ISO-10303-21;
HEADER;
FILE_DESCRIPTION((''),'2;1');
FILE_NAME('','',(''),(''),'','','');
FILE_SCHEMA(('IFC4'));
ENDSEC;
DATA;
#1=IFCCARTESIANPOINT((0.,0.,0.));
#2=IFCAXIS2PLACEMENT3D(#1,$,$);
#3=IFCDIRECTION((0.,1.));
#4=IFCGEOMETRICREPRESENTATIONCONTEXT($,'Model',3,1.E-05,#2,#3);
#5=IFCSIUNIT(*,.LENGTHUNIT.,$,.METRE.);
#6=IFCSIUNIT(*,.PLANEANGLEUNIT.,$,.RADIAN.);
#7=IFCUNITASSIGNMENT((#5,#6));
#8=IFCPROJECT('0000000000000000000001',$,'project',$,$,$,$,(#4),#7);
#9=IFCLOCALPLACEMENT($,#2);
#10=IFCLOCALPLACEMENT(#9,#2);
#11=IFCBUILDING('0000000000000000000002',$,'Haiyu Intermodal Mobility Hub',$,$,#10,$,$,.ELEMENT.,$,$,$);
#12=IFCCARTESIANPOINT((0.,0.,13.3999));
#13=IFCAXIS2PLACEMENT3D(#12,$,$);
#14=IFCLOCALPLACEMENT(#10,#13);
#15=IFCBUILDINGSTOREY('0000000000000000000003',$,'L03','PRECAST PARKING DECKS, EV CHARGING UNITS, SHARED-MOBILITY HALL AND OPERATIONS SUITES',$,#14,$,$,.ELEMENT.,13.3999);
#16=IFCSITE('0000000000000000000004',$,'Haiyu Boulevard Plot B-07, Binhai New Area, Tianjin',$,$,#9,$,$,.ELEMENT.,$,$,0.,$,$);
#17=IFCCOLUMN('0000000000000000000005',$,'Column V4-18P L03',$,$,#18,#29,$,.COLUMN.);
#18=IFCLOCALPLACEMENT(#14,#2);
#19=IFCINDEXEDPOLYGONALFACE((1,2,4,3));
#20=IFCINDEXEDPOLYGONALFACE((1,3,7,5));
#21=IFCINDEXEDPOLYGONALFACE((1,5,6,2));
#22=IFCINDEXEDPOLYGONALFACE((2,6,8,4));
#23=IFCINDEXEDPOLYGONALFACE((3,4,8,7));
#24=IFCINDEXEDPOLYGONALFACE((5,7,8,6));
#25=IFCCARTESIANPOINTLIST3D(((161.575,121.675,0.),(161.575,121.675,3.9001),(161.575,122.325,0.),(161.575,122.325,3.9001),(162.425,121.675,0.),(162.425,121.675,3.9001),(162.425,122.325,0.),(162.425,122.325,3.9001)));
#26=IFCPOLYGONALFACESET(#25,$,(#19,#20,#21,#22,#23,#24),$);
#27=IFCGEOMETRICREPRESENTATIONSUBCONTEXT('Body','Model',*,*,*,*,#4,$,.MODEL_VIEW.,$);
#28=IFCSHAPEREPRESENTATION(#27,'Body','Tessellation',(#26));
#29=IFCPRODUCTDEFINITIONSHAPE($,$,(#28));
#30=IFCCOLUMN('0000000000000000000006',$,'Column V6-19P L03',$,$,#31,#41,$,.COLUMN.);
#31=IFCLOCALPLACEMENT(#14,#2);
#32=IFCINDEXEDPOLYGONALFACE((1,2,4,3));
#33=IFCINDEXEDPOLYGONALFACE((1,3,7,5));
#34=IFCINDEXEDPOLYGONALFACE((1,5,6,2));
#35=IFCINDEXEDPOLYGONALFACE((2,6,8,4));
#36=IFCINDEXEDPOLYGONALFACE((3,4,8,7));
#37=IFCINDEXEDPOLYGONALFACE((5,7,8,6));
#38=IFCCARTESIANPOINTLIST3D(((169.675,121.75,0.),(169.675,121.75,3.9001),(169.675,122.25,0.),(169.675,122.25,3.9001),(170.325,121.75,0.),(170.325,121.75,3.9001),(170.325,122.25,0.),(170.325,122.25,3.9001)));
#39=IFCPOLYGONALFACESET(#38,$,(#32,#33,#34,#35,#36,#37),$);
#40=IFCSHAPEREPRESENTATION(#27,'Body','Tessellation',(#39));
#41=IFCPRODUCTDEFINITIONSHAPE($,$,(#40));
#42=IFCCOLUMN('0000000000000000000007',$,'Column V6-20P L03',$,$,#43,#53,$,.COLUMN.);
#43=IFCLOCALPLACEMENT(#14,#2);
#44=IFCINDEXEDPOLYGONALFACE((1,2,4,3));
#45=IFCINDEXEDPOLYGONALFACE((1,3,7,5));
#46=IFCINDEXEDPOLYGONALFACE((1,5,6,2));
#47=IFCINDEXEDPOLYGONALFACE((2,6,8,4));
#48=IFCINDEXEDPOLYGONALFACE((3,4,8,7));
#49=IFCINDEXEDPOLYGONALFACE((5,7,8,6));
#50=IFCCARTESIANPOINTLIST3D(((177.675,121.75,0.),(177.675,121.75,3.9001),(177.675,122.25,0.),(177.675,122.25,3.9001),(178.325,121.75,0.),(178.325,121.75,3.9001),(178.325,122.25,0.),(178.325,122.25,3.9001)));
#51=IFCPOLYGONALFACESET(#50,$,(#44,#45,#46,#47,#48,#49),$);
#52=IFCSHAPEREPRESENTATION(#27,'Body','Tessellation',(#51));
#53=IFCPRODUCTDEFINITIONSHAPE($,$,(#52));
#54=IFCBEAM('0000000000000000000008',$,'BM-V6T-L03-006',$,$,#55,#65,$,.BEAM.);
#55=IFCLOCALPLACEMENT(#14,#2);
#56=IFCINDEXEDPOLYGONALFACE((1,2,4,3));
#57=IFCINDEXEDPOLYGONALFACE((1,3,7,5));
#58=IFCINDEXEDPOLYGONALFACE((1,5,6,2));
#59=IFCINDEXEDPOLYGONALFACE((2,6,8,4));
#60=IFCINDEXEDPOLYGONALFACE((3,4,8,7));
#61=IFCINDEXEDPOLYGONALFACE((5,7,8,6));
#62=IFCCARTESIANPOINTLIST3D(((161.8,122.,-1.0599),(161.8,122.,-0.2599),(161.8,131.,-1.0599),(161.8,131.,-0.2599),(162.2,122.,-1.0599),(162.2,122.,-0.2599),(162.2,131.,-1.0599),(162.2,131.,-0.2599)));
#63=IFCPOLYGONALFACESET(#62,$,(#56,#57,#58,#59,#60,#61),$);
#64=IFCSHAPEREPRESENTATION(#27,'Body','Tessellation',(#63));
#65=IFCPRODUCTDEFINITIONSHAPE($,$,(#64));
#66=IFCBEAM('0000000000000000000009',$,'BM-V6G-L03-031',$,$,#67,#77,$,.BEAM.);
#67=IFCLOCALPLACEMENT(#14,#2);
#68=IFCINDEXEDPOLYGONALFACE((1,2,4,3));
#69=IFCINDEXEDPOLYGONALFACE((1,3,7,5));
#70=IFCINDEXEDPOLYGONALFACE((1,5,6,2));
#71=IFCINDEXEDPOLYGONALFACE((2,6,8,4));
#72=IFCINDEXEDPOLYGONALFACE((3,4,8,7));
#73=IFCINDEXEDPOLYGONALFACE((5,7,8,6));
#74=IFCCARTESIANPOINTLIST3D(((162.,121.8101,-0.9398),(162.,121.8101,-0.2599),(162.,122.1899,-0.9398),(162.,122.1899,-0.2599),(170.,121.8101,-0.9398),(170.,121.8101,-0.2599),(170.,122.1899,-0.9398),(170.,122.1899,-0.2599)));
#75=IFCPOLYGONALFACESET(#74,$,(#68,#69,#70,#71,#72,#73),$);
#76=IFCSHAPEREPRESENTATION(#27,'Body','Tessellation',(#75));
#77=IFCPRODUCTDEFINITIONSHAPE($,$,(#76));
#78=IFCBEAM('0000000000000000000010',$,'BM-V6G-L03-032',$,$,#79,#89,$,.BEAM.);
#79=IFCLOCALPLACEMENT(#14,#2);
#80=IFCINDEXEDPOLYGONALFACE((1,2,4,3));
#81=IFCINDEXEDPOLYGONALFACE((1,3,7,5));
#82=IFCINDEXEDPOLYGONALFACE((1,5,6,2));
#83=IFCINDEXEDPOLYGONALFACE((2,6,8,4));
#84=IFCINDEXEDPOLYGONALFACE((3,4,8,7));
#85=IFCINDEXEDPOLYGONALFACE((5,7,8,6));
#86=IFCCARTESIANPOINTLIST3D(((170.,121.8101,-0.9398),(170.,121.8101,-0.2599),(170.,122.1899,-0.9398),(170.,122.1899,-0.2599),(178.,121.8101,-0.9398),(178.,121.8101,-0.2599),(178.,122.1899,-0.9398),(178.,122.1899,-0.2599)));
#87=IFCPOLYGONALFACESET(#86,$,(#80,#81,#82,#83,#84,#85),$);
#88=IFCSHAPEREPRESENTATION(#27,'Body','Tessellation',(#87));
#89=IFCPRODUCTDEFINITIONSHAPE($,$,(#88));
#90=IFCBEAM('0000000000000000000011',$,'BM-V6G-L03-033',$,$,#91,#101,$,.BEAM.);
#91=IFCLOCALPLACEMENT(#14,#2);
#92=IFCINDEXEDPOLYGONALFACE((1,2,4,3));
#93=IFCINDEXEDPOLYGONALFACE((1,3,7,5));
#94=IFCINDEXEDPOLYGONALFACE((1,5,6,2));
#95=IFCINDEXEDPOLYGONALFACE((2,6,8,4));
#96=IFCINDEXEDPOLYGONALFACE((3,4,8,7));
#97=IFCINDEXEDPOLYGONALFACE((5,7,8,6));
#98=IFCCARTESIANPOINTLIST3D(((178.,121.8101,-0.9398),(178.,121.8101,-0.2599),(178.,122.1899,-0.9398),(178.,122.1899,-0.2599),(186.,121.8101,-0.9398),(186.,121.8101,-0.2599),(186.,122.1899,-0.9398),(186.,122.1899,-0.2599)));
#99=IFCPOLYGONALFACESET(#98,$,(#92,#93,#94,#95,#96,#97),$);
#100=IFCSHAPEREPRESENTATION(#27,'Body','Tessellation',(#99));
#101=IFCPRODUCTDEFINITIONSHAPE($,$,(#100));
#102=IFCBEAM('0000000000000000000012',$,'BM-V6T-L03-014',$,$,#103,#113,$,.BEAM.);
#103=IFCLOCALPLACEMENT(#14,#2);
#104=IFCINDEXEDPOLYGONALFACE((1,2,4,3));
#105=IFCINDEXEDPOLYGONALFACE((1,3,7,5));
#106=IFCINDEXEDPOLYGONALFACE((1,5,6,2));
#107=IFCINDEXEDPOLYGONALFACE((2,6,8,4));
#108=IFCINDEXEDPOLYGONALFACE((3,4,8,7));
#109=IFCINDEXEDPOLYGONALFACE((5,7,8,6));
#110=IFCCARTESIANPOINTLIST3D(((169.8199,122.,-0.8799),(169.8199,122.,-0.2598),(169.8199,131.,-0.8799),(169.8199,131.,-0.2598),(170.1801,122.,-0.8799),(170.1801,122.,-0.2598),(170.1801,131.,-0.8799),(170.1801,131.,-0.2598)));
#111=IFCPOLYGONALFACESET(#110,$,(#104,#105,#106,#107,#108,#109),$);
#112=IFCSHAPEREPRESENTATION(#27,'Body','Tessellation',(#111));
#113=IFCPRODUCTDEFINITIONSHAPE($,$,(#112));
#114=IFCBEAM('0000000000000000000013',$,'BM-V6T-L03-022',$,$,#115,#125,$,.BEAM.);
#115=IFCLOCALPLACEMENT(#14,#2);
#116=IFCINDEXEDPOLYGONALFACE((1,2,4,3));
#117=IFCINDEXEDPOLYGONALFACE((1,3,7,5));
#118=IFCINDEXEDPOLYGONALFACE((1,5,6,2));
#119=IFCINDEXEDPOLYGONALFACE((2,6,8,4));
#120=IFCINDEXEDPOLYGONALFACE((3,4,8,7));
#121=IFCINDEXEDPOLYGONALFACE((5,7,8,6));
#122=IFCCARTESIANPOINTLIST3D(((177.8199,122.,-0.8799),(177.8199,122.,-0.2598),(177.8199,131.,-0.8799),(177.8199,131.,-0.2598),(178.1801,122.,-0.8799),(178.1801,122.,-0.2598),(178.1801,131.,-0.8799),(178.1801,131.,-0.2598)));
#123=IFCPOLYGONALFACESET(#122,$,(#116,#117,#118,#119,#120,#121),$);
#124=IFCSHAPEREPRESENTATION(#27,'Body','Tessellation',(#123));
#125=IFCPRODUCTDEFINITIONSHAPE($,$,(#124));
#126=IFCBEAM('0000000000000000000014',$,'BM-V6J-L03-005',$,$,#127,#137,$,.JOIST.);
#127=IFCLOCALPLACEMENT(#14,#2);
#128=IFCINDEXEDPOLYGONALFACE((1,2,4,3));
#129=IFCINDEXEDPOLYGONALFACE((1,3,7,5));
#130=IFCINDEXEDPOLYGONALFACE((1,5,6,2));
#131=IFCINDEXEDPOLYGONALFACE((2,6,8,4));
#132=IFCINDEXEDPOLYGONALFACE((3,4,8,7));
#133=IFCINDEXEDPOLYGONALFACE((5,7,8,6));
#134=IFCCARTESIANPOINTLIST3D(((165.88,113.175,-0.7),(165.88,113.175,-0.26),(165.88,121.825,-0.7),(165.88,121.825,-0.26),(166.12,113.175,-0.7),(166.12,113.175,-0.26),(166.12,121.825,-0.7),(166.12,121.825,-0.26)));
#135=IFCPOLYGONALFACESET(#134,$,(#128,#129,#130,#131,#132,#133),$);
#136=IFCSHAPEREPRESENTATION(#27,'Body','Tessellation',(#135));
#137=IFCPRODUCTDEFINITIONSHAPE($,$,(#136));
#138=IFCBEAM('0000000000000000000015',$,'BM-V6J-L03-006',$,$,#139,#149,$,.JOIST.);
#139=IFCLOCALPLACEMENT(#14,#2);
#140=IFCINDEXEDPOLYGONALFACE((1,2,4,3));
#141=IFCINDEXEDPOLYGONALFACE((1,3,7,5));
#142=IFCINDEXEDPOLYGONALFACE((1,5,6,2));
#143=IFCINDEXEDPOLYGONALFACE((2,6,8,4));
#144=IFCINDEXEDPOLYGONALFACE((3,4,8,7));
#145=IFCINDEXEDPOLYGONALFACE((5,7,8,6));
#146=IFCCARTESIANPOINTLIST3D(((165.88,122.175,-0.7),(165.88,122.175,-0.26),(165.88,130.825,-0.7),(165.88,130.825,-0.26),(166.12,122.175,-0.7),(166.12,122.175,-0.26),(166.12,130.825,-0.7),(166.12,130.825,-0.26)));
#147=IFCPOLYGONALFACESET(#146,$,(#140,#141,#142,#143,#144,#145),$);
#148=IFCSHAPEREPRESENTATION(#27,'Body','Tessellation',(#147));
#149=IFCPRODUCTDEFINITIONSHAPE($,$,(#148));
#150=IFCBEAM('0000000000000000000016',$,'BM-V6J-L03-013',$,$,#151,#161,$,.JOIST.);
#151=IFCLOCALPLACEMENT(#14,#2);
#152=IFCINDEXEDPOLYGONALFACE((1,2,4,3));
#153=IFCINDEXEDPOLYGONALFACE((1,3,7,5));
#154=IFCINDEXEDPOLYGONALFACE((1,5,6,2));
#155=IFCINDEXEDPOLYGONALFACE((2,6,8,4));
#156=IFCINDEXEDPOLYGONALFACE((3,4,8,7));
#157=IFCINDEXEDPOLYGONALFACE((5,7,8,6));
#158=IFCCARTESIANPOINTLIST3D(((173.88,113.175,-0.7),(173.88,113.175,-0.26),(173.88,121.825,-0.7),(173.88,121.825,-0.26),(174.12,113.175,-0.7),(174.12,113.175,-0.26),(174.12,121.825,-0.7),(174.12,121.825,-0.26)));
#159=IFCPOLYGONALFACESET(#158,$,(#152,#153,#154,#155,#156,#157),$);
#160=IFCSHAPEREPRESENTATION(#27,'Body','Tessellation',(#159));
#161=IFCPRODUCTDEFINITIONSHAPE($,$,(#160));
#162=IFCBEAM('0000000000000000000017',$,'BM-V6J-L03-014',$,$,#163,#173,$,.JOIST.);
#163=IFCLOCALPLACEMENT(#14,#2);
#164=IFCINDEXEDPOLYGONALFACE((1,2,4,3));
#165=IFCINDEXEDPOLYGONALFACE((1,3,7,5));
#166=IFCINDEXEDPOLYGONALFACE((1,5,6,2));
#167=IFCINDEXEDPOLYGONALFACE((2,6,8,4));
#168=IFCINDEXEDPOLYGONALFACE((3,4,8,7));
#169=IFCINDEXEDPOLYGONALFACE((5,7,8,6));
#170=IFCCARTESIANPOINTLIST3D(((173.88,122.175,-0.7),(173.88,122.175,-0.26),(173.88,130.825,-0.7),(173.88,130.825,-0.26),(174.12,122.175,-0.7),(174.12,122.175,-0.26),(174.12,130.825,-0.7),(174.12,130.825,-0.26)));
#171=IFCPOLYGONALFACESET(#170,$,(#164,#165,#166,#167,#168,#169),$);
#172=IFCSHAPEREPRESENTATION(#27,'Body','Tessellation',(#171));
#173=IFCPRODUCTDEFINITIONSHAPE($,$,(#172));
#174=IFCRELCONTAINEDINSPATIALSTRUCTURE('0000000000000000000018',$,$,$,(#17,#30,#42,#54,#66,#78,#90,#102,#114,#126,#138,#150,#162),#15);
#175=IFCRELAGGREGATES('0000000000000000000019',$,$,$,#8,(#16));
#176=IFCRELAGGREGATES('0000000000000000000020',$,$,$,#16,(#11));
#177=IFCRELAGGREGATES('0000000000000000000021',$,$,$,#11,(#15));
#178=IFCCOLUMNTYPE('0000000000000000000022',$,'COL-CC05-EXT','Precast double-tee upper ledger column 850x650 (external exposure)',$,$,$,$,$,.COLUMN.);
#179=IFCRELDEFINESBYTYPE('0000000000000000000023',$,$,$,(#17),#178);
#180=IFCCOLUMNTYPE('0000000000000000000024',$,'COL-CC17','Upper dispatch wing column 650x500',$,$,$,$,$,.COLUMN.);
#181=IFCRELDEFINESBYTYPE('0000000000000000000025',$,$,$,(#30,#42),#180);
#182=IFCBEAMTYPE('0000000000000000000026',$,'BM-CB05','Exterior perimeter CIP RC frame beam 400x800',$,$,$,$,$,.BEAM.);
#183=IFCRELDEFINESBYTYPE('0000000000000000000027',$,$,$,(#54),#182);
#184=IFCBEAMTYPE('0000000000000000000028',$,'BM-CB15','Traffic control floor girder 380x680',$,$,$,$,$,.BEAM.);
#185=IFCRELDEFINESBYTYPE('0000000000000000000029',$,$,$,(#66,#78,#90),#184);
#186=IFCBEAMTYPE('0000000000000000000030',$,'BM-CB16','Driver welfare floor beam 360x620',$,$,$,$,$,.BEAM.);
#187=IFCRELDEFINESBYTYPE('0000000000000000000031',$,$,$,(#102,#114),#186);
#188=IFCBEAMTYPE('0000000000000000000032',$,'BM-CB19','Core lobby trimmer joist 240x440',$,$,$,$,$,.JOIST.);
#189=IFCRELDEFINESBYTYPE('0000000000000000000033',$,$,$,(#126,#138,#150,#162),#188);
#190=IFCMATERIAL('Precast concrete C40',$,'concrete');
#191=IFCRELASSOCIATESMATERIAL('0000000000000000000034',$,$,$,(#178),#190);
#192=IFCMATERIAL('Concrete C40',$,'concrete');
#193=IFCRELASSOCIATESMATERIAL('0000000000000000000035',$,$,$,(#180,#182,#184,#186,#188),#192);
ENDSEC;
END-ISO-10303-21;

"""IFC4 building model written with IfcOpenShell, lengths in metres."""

from ifc_helpers import new_model, si_unit, direction, frame, origin, origin_2d, place, context, subcontext, project, spatial, rectangle, extrude, material, material_profile, profile_set, type_object, element, save


model = new_model("IFC4")

# Units and contexts
model_context = context("Model", 3, precision=1e-05, world=origin(), true_north=direction((0.0, 1.0)))
body_context = subcontext(model_context, "Body", "Model", "MODEL_VIEW")
ifc_project = project(units=[si_unit("LENGTHUNIT", "METRE"), si_unit("PLANEANGLEUNIT", "RADIAN")], contexts=[model_context])

# Site, building, storey
site_placement = place(None, origin())
site = spatial("IfcSite", under=ifc_project, at=site_placement, Name="Haiyu Boulevard Plot B-07, Binhai New Area, Tianjin", CompositionType="ELEMENT", RefElevation=0.0)
building_placement = place(site_placement, origin())
building = spatial("IfcBuilding", under=site, at=building_placement, Name="Haiyu Intermodal Mobility Hub", CompositionType="ELEMENT")
storey_placement = place(building_placement, frame((0.0, 0.0, 13.3999)))
storey = spatial("IfcBuildingStorey", under=building, at=storey_placement, Name="L03", Description="PRECAST PARKING DECKS, EV CHARGING UNITS, SHARED-MOBILITY HALL AND OPERATIONS SUITES", CompositionType="ELEMENT", Elevation=13.3999)

# Columns
ifc_material_1 = material(Name="Precast concrete C40", Category="concrete")
ifc_material_profile_1 = material_profile(ifc_material_1, rectangle(XDim=0.8501, YDim=0.6499, at=origin_2d()), Name="RC850x650")
ifc_profile_set_1 = profile_set([ifc_material_profile_1], Name="Precast concrete C40")
column_type_1 = type_object("IfcColumnType", Name="COL-CC05-EXT", Description="Precast double-tee upper ledger column 850x650 (external exposure)", PredefinedType="COLUMN", material=ifc_profile_set_1)
column_placement = place(storey_placement, frame((162.0, 122.0, 0.0), z_axis=(0.0, 0.0, 1.0), x_axis=(1.0, 0.0, 0.0)))
element("IfcColumn", 1, at=column_placement, inside=storey, type_object=column_type_1, Name="Column V4-18P L03", PredefinedType="COLUMN", context=body_context, shape_type="SweptSolid", body=[
    extrude(rectangle(XDim=0.8501, YDim=0.6499, at=origin_2d()), origin(), (0.0, 0.0, 1.0), 3.9001),
])
ifc_material_2 = material(Name="Concrete C40", Category="concrete")
ifc_material_profile_2 = material_profile(ifc_material_2, rectangle(XDim=0.6499, YDim=0.5, at=origin_2d()), Name="C650x500")
ifc_profile_set_2 = profile_set([ifc_material_profile_2], Name="Concrete C40")
column_type_2 = type_object("IfcColumnType", Name="COL-CC17", Description="Upper dispatch wing column 650x500", PredefinedType="COLUMN", material=ifc_profile_set_2)
for number, where, z_axis, x_axis, name in (
    (2, (170.0, 122.0, 0.0), (0.0, 0.0, 1.0), (1.0, 0.0, 0.0), "Column V6-19P L03"),
    (3, (178.0, 122.0, 0.0), (0.0, 0.0, 1.0), (1.0, 0.0, 0.0), "Column V6-20P L03"),
):
    element("IfcColumn", number, at=place(storey_placement, frame(where, z_axis=z_axis, x_axis=x_axis)), inside=storey, type_object=column_type_2, Name=name, PredefinedType="COLUMN", context=body_context, shape_type="SweptSolid", body=[
        extrude(rectangle(XDim=0.6499, YDim=0.5, at=origin_2d()), origin(), (0.0, 0.0, 1.0), 3.9001),
    ])

# Beams
ifc_material_profile_3 = material_profile(ifc_material_2, rectangle(XDim=0.3999, YDim=0.8, at=origin_2d()), Name="RCB400x800")
ifc_profile_set_3 = profile_set([ifc_material_profile_3], Name="Concrete C40")
beam_type_1 = type_object("IfcBeamType", Name="BM-CB05", Description="Exterior perimeter CIP RC frame beam 400x800", PredefinedType="BEAM", material=ifc_profile_set_3)
beam_placement = place(storey_placement, frame((162.0, 122.0, -0.6599), z_axis=(0.0, 1.0, 0.0), x_axis=(-1.0, 0.0, 0.0)))
element("IfcBeam", 4, at=beam_placement, inside=storey, type_object=beam_type_1, Name="BM-V6T-L03-006", PredefinedType="BEAM", context=body_context, shape_type="SweptSolid", body=[
    extrude(rectangle(XDim=0.3999, YDim=0.8, at=origin_2d()), origin(), (0.0, 0.0, 1.0), 9.0),
])
ifc_material_profile_4 = material_profile(ifc_material_2, rectangle(XDim=0.3799, YDim=0.6799, at=origin_2d()), Name="B380x680")
ifc_profile_set_4 = profile_set([ifc_material_profile_4], Name="Concrete C40")
beam_type_2 = type_object("IfcBeamType", Name="BM-CB15", Description="Traffic control floor girder 380x680", PredefinedType="BEAM", material=ifc_profile_set_4)
for number, where, z_axis, x_axis, name in (
    (5, (162.0, 122.0, -0.5999), (1.0, 0.0, 0.0), (0.0, 1.0, 0.0), "BM-V6G-L03-031"),
    (6, (170.0, 122.0, -0.5999), (1.0, 0.0, 0.0), (0.0, 1.0, 0.0), "BM-V6G-L03-032"),
    (7, (178.0, 122.0, -0.5999), (1.0, 0.0, 0.0), (0.0, 1.0, 0.0), "BM-V6G-L03-033"),
):
    element("IfcBeam", number, at=place(storey_placement, frame(where, z_axis=z_axis, x_axis=x_axis)), inside=storey, type_object=beam_type_2, Name=name, PredefinedType="BEAM", context=body_context, shape_type="SweptSolid", body=[
        extrude(rectangle(XDim=0.3799, YDim=0.6799, at=origin_2d()), origin(), (0.0, 0.0, 1.0), 8.0),
    ])
ifc_material_profile_5 = material_profile(ifc_material_2, rectangle(XDim=0.3601, YDim=0.6201, at=origin_2d()), Name="B360x620")
ifc_profile_set_5 = profile_set([ifc_material_profile_5], Name="Concrete C40")
beam_type_3 = type_object("IfcBeamType", Name="BM-CB16", Description="Driver welfare floor beam 360x620", PredefinedType="BEAM", material=ifc_profile_set_5)
for number, where, z_axis, x_axis, name in (
    (8, (170.0, 122.0, -0.5698), (0.0, 1.0, 0.0), (-1.0, 0.0, 0.0), "BM-V6T-L03-014"),
    (9, (178.0, 122.0, -0.5698), (0.0, 1.0, 0.0), (-1.0, 0.0, 0.0), "BM-V6T-L03-022"),
):
    element("IfcBeam", number, at=place(storey_placement, frame(where, z_axis=z_axis, x_axis=x_axis)), inside=storey, type_object=beam_type_3, Name=name, PredefinedType="BEAM", context=body_context, shape_type="SweptSolid", body=[
        extrude(rectangle(XDim=0.3601, YDim=0.6201, at=origin_2d()), origin(), (0.0, 0.0, 1.0), 9.0),
    ])
ifc_material_profile_6 = material_profile(ifc_material_2, rectangle(XDim=0.24, YDim=0.4399, at=origin_2d()), Name="B240x440")
ifc_profile_set_6 = profile_set([ifc_material_profile_6], Name="Concrete C40")
beam_type_4 = type_object("IfcBeamType", Name="BM-CB19", Description="Core lobby trimmer joist 240x440", PredefinedType="JOIST", material=ifc_profile_set_6)
for number, where, z_axis, x_axis, name in (
    (10, (166.0, 113.175, -0.48), (0.0, 1.0, 0.0), (-1.0, 0.0, 0.0), "BM-V6J-L03-005"),
    (11, (166.0, 122.175, -0.48), (0.0, 1.0, 0.0), (-1.0, 0.0, 0.0), "BM-V6J-L03-006"),
    (12, (174.0, 113.175, -0.48), (0.0, 1.0, 0.0), (-1.0, 0.0, 0.0), "BM-V6J-L03-013"),
    (13, (174.0, 122.175, -0.48), (0.0, 1.0, 0.0), (-1.0, 0.0, 0.0), "BM-V6J-L03-014"),
):
    element("IfcBeam", number, at=place(storey_placement, frame(where, z_axis=z_axis, x_axis=x_axis)), inside=storey, type_object=beam_type_4, Name=name, PredefinedType="JOIST", context=body_context, shape_type="SweptSolid", body=[
        extrude(rectangle(XDim=0.24, YDim=0.4399, at=origin_2d()), origin(), (0.0, 0.0, 1.0), 8.6499),
    ])

save(model, "model.ifc")
